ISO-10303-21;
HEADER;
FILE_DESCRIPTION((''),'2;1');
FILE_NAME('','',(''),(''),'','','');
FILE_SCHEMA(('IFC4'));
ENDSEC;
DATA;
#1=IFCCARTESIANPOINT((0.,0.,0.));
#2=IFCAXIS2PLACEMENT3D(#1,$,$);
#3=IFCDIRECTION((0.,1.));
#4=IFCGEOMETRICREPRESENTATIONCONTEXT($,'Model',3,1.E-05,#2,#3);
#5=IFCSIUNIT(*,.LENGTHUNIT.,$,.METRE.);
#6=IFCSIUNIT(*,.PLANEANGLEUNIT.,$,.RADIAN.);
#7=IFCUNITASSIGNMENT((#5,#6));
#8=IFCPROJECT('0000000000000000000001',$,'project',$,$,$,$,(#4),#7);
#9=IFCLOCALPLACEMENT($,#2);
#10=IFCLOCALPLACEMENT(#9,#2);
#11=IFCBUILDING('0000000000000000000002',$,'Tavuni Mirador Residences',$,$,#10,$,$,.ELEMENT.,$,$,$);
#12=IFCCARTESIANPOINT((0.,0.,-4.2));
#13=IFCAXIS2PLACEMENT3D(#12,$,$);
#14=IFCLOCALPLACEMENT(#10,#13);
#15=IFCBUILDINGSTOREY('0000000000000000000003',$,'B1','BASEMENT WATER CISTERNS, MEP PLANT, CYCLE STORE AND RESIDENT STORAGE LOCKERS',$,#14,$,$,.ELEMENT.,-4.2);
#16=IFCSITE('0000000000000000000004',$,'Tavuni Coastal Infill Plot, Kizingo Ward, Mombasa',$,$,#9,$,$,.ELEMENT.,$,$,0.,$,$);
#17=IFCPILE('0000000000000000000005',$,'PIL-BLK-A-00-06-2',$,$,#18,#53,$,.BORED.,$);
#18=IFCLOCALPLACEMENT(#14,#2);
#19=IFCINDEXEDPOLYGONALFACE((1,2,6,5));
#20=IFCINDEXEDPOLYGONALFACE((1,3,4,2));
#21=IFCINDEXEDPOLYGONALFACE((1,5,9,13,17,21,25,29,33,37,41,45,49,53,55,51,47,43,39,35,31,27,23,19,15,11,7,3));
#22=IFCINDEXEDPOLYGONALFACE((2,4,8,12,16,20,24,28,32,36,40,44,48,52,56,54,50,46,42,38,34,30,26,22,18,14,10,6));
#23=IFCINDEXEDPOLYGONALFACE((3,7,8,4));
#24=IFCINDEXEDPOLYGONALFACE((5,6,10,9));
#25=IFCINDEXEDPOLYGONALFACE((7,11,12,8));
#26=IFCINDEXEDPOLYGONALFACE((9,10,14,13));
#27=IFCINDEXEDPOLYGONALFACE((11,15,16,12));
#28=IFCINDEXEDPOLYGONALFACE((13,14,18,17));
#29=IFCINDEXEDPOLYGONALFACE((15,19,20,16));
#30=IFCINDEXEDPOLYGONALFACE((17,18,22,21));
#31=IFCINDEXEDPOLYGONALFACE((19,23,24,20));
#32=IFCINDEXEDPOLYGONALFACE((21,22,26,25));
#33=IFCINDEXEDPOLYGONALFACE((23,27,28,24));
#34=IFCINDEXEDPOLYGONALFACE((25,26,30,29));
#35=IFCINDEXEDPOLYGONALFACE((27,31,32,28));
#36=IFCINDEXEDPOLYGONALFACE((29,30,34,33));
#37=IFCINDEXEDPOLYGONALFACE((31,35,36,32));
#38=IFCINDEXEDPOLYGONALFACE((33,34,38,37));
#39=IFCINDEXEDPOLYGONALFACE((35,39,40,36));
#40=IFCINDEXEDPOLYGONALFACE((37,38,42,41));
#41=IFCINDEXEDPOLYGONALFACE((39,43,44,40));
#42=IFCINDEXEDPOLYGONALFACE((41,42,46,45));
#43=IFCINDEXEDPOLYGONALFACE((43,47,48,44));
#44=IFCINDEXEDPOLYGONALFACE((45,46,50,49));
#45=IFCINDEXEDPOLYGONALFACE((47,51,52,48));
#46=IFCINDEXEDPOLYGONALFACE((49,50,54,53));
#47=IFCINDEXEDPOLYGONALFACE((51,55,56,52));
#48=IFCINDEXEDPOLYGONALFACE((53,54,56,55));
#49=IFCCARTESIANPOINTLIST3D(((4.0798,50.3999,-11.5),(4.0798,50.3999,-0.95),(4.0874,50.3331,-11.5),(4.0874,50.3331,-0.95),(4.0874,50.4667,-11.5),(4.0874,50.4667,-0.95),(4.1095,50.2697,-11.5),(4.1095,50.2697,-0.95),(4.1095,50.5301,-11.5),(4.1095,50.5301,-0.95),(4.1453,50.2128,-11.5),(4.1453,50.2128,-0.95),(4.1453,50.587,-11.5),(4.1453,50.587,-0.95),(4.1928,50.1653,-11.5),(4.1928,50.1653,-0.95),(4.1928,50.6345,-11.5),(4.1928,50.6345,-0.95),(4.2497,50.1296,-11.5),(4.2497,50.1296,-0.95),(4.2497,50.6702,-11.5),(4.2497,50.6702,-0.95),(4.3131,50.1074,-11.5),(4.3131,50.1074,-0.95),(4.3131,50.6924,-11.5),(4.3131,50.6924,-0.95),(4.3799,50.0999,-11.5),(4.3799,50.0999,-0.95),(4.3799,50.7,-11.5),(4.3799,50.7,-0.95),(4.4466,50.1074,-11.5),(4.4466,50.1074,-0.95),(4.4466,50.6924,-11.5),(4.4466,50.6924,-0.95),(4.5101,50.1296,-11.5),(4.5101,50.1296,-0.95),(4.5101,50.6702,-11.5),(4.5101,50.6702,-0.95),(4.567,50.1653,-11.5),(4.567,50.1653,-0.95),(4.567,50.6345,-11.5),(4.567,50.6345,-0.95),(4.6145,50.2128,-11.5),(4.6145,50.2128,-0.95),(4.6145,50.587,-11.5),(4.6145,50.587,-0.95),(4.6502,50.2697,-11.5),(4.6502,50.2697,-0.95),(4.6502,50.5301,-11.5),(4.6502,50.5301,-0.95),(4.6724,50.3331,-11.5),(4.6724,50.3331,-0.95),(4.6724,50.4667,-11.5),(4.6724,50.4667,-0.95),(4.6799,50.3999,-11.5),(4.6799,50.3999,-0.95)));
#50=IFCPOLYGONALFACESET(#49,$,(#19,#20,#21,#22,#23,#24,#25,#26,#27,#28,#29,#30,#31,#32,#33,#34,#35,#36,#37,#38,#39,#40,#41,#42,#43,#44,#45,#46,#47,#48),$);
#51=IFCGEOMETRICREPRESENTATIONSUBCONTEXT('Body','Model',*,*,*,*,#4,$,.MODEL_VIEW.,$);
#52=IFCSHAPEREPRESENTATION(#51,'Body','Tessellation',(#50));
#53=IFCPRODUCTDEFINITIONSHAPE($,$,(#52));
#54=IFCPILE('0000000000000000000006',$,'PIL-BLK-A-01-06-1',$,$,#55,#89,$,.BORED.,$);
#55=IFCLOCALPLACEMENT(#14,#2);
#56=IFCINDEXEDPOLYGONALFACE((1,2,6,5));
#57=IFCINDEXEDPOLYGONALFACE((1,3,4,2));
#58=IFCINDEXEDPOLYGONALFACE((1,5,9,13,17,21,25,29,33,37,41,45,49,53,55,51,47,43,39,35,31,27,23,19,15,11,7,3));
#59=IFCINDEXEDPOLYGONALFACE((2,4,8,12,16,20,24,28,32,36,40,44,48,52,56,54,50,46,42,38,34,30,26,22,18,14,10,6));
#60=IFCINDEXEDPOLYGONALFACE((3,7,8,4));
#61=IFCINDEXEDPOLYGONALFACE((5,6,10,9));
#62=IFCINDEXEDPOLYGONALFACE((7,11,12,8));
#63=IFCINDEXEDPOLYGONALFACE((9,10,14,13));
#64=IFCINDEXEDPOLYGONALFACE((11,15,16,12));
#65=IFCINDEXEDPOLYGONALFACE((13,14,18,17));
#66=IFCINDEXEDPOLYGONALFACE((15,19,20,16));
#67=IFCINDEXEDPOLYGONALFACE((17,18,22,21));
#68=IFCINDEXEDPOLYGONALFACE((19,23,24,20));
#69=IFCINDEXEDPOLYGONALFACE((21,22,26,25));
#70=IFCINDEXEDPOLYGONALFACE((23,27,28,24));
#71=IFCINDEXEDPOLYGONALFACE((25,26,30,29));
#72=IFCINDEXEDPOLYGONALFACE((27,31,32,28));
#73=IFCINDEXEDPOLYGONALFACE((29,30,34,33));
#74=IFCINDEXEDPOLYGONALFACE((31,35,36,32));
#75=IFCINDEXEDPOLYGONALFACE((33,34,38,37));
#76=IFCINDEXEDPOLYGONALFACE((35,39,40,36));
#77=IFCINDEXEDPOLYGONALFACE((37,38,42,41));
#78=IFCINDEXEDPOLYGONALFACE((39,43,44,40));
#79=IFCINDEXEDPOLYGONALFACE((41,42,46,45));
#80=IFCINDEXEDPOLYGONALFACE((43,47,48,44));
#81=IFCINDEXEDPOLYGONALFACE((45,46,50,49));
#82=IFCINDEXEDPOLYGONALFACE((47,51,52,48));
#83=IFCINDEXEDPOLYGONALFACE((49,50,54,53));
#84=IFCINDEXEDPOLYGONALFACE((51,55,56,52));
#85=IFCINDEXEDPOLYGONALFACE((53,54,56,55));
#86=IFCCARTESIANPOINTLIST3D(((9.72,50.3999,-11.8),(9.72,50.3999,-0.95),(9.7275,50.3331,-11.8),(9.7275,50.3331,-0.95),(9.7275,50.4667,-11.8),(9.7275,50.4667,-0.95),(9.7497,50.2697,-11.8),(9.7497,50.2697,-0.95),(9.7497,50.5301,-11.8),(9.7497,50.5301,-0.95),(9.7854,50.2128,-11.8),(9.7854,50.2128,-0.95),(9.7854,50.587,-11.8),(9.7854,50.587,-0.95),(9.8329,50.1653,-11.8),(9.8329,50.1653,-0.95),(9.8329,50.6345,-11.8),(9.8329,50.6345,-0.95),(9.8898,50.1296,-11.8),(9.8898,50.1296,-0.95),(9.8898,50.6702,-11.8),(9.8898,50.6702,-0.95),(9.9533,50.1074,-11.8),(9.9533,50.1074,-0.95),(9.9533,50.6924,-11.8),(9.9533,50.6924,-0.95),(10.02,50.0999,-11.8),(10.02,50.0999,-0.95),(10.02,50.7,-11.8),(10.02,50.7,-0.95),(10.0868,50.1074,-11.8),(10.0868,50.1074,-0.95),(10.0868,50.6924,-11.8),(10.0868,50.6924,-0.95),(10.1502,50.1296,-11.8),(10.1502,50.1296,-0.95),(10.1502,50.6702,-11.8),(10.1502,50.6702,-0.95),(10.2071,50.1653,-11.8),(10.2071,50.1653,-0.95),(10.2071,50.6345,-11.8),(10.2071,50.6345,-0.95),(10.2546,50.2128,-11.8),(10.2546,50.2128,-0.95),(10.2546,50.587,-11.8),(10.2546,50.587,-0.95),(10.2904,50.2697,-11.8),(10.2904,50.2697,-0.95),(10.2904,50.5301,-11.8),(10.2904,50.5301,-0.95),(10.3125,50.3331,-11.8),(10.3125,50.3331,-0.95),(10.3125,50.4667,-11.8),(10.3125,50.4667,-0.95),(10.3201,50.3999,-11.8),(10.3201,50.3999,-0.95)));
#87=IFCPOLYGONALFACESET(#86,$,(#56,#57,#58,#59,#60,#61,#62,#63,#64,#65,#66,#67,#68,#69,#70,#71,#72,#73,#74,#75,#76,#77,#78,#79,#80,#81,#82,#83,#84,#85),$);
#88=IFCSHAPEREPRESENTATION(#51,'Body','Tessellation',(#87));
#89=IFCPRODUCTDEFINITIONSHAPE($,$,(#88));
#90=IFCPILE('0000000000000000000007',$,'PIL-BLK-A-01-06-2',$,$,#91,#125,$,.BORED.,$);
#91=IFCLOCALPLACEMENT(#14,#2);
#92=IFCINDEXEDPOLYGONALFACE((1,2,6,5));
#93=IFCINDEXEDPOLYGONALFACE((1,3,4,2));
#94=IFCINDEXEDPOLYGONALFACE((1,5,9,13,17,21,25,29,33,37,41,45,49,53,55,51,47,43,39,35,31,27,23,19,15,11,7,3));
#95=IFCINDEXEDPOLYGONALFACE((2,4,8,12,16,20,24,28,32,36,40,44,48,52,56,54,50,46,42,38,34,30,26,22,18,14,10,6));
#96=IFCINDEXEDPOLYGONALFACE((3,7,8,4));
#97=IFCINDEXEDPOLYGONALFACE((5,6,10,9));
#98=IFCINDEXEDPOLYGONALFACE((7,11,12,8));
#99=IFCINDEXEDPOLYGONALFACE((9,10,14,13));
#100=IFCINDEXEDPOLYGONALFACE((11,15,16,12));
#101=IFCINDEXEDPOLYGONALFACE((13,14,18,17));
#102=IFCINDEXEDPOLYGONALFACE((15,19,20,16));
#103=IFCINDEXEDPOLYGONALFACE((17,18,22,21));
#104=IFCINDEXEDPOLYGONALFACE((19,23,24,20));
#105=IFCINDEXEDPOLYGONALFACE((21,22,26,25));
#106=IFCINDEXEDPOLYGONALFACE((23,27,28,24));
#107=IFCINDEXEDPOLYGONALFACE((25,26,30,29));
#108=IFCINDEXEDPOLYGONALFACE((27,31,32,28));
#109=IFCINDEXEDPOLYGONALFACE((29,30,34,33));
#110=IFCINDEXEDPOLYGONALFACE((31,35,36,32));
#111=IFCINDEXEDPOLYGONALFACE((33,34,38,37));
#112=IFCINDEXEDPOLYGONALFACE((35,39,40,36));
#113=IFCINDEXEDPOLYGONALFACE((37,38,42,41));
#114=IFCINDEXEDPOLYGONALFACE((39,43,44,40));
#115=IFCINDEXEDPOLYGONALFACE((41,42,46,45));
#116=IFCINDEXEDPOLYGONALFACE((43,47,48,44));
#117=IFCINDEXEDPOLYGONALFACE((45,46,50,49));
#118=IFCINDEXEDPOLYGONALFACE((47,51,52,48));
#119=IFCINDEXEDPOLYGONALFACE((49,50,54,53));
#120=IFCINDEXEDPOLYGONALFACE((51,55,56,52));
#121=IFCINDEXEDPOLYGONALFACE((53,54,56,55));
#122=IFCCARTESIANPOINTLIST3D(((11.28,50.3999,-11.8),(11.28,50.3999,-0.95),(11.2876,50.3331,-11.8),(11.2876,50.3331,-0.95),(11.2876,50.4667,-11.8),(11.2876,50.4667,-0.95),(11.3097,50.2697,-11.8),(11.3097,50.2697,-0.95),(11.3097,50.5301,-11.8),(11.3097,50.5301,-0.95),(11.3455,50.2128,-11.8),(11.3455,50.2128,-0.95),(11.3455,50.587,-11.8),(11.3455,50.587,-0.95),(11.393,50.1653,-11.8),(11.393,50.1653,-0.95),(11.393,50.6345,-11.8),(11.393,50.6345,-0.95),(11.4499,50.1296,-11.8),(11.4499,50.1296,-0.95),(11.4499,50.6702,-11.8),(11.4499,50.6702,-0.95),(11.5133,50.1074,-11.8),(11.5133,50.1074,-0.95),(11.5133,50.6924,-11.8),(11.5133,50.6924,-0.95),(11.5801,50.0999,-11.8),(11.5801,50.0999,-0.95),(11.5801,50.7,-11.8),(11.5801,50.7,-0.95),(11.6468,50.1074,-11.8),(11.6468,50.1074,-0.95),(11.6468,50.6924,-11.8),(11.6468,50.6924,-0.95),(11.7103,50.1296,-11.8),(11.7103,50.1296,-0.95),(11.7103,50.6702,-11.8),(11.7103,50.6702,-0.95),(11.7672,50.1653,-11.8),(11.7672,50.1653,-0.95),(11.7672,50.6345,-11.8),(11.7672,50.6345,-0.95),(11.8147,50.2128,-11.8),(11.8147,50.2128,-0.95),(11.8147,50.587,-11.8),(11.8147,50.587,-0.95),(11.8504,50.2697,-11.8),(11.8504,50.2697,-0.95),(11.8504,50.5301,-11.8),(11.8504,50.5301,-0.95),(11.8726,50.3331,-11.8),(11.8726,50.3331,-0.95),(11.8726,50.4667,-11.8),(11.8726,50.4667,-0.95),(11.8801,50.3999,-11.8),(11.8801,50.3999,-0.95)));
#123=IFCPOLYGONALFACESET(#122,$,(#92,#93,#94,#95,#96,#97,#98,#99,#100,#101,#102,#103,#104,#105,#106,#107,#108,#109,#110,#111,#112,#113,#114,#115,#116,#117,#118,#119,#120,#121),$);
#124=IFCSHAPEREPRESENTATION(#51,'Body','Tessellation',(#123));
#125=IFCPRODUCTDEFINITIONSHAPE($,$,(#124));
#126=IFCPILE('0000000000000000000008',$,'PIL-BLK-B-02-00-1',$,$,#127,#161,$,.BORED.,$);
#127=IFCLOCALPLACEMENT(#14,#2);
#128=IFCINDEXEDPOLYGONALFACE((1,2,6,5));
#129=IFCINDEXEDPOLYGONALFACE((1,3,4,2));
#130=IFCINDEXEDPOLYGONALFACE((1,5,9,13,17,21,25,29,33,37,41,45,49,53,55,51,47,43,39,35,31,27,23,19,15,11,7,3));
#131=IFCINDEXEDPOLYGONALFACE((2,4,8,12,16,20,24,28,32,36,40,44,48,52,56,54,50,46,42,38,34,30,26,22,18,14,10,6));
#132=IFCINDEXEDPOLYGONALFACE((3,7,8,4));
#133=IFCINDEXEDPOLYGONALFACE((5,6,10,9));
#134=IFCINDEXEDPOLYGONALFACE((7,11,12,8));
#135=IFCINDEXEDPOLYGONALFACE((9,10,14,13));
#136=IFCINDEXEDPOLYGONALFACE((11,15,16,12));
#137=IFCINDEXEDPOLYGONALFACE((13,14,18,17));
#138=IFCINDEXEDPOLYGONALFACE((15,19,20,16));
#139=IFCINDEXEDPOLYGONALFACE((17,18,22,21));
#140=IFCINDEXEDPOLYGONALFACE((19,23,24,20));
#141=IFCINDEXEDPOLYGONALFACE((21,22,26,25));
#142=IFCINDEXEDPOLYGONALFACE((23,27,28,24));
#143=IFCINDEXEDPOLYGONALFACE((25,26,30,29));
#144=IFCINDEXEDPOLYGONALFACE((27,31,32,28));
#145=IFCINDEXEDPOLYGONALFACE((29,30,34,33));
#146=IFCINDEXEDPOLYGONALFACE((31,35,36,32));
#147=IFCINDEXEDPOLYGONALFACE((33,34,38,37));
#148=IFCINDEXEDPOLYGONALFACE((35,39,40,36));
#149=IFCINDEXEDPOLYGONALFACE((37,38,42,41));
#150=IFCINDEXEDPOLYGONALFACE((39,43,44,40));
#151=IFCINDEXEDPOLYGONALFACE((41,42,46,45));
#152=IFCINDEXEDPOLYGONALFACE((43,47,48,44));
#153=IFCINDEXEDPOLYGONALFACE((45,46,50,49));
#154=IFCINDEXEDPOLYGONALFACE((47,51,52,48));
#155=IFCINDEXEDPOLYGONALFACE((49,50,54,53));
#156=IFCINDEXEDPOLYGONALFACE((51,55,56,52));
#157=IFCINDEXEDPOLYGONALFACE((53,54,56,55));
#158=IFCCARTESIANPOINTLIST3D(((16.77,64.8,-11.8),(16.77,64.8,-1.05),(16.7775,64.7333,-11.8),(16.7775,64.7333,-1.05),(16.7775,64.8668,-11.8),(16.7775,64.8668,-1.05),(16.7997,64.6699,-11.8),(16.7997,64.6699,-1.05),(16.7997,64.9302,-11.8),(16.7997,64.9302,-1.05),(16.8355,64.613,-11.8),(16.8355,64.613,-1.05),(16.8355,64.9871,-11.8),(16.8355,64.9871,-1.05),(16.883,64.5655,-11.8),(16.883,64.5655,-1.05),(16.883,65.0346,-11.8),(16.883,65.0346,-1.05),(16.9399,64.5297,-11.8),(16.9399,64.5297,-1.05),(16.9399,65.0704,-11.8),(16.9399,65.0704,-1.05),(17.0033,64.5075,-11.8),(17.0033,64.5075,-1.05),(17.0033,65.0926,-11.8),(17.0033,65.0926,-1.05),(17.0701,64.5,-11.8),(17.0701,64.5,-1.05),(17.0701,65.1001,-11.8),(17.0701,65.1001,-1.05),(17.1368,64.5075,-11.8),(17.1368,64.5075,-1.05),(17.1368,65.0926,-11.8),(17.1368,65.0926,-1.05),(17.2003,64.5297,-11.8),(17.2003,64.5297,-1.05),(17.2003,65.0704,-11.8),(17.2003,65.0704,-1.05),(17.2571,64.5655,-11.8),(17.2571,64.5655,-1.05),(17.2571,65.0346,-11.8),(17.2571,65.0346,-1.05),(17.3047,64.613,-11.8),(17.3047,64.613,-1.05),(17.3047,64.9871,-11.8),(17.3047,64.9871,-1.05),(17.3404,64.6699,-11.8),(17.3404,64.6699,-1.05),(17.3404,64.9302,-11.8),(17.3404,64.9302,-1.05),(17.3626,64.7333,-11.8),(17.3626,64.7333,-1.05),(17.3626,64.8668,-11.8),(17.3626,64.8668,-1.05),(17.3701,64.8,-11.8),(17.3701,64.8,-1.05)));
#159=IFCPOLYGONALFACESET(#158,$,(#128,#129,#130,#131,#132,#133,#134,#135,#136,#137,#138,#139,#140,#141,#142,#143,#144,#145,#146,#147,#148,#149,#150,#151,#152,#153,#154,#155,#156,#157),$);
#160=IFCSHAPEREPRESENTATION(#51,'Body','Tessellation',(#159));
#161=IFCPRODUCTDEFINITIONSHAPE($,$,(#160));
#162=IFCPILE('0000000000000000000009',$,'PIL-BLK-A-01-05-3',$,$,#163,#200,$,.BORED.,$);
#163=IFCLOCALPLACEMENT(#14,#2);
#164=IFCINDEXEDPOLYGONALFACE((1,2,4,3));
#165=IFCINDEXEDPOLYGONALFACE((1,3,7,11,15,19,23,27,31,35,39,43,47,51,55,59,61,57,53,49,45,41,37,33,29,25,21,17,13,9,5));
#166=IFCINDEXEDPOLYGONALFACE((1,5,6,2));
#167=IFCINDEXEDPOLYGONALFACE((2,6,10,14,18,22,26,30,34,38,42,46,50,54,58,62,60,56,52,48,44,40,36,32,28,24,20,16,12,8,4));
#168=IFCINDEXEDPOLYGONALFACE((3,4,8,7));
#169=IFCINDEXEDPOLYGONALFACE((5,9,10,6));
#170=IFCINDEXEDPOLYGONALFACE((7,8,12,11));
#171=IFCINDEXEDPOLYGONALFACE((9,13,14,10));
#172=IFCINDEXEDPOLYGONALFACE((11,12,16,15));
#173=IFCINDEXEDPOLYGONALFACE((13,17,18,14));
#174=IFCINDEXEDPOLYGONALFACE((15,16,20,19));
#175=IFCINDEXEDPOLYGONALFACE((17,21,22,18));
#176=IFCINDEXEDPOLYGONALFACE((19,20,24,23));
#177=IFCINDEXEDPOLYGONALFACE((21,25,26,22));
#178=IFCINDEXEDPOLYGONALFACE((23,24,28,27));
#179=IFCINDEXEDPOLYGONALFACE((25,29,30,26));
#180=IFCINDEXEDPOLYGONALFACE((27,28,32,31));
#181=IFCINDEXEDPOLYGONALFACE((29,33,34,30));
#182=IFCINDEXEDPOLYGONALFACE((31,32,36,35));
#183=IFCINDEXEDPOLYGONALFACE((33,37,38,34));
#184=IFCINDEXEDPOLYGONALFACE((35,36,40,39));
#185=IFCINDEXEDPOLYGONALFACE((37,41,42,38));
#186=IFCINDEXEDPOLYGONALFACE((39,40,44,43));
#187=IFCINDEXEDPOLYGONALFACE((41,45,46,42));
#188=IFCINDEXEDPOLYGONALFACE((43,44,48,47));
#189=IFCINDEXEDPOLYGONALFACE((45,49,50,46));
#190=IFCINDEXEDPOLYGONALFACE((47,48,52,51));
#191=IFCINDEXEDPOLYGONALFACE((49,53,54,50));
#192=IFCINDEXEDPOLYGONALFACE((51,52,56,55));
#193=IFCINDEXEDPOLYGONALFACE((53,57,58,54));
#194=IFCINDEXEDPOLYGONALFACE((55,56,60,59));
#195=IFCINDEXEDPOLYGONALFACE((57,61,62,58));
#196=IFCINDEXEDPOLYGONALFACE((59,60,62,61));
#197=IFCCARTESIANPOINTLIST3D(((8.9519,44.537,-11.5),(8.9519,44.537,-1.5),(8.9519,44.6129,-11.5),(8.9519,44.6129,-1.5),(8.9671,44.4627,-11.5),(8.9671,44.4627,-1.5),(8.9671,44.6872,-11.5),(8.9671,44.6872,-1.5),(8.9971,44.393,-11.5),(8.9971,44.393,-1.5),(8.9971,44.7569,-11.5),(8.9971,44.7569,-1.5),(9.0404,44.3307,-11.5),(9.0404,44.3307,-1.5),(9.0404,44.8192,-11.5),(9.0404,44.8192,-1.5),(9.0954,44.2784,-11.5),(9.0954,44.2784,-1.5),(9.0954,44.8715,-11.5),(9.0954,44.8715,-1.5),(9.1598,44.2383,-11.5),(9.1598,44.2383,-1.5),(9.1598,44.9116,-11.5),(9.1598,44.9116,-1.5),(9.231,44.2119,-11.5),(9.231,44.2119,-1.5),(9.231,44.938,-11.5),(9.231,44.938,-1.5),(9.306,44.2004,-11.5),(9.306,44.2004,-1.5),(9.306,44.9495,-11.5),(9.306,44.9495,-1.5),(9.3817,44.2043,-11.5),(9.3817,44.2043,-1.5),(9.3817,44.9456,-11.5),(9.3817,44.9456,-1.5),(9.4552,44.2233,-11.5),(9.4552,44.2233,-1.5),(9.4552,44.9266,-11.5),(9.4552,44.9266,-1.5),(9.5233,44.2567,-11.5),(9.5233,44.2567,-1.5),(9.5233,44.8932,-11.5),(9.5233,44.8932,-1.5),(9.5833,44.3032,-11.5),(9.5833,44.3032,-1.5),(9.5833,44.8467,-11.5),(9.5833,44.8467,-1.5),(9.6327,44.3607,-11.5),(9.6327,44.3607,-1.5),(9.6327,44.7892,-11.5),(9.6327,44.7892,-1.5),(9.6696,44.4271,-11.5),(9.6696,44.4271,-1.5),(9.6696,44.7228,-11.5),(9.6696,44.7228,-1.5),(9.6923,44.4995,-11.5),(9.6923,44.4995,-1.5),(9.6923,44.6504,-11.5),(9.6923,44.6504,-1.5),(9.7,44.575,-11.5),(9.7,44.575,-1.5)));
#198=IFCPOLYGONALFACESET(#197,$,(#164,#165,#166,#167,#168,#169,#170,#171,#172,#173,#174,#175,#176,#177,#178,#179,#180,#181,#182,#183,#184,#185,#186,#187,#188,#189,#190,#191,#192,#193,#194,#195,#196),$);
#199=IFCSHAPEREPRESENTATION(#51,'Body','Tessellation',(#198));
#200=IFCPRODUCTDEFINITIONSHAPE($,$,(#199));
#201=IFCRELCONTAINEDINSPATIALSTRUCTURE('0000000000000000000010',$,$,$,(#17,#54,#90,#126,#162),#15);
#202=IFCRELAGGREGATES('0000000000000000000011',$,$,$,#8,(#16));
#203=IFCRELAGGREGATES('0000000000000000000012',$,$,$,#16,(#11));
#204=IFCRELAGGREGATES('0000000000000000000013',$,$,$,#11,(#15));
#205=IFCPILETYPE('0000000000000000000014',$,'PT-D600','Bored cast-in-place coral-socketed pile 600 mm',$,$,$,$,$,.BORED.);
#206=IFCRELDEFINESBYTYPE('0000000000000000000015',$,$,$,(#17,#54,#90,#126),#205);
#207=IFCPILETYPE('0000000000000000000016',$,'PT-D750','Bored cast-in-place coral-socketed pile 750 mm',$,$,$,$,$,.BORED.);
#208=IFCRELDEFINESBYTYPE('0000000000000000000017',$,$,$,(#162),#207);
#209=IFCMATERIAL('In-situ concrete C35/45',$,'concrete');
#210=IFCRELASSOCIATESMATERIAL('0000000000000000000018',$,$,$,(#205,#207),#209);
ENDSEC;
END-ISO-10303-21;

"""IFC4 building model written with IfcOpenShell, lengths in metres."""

from ifc_helpers import new_model, si_unit, direction, frame, origin, origin_2d, place, context, subcontext, project, spatial, circle, extrude, material, material_profile, profile_set, type_object, element, save


model = new_model("IFC4")

# Units and contexts
model_context = context("Model", 3, precision=1e-05, world=origin(), true_north=direction((0.0, 1.0)))
body_context = subcontext(model_context, "Body", "Model", "MODEL_VIEW")
ifc_project = project(units=[si_unit("LENGTHUNIT", "METRE"), si_unit("PLANEANGLEUNIT", "RADIAN")], contexts=[model_context])

# Site, building, storey
site_placement = place(None, origin())
site = spatial("IfcSite", under=ifc_project, at=site_placement, Name="Tavuni Coastal Infill Plot, Kizingo Ward, Mombasa", CompositionType="ELEMENT", RefElevation=0.0)
building_placement = place(site_placement, origin())
building = spatial("IfcBuilding", under=site, at=building_placement, Name="Tavuni Mirador Residences", CompositionType="ELEMENT")
storey_placement = place(building_placement, frame((0.0, 0.0, -4.2)))
storey = spatial("IfcBuildingStorey", under=building, at=storey_placement, Name="B1", Description="BASEMENT WATER CISTERNS, MEP PLANT, CYCLE STORE AND RESIDENT STORAGE LOCKERS", CompositionType="ELEMENT", Elevation=-4.2)

# Shared definitions
ifc_material_1 = material(Name="In-situ concrete C35/45", Category="concrete")

# Piles
ifc_material_profile_1 = material_profile(ifc_material_1, circle(Radius=0.3, at=origin_2d()), Name="PILE D600", Category="concrete")
ifc_profile_set_1 = profile_set([ifc_material_profile_1], Name="In-situ concrete C35/45")
pile_type_1 = type_object("IfcPileType", Name="PT-D600", Description="Bored cast-in-place coral-socketed pile 600 mm", PredefinedType="BORED", material=ifc_profile_set_1)
for number, where, z_axis, x_axis, name in (
    (1, (4.3799, 50.3999, -0.95), (0.0, 0.0, -1.0), (1.0, 0.0, 0.0), "PIL-BLK-A-00-06-2"),
):
    element("IfcPile", number, at=place(storey_placement, frame(where, z_axis=z_axis, x_axis=x_axis)), inside=storey, type_object=pile_type_1, Name=name, PredefinedType="BORED", context=body_context, shape_type="SweptSolid", body=[
        extrude(circle(Radius=0.3, at=origin_2d()), origin(), (0.0, 0.0, 1.0), 10.55),
    ])
for number, where, z_axis, x_axis, name in (
    (2, (10.02, 50.3999, -0.95), (0.0, 0.0, -1.0), (1.0, 0.0, 0.0), "PIL-BLK-A-01-06-1"),
    (3, (11.5801, 50.3999, -0.95), (0.0, 0.0, -1.0), (1.0, 0.0, 0.0), "PIL-BLK-A-01-06-2"),
):
    element("IfcPile", number, at=place(storey_placement, frame(where, z_axis=z_axis, x_axis=x_axis)), inside=storey, type_object=pile_type_1, Name=name, PredefinedType="BORED", context=body_context, shape_type="SweptSolid", body=[
        extrude(circle(Radius=0.3, at=origin_2d()), origin(), (0.0, 0.0, 1.0), 10.8501),
    ])
pile_1_placement = place(storey_placement, frame((17.0701, 64.8, -1.05), z_axis=(0.0, 0.0, -1.0), x_axis=(1.0, 0.0, 0.0)))
element("IfcPile", 4, at=pile_1_placement, inside=storey, type_object=pile_type_1, Name="PIL-BLK-B-02-00-1", PredefinedType="BORED", context=body_context, shape_type="SweptSolid", body=[
    extrude(circle(Radius=0.3, at=origin_2d()), origin(), (0.0, 0.0, 1.0), 10.75),
])
ifc_material_profile_2 = material_profile(ifc_material_1, circle(Radius=0.375, at=origin_2d()), Name="PILE D750", Category="concrete")
ifc_profile_set_2 = profile_set([ifc_material_profile_2], Name="In-situ concrete C35/45")
pile_type_2 = type_object("IfcPileType", Name="PT-D750", Description="Bored cast-in-place coral-socketed pile 750 mm", PredefinedType="BORED", material=ifc_profile_set_2)
for number, where, z_axis, x_axis, name in (
    (5, (9.325, 44.575, -1.5), (0.0, 0.0, -1.0), (1.0, 0.0, 0.0), "PIL-BLK-A-01-05-3"),
):
    element("IfcPile", number, at=place(storey_placement, frame(where, z_axis=z_axis, x_axis=x_axis)), inside=storey, type_object=pile_type_2, Name=name, PredefinedType="BORED", context=body_context, shape_type="SweptSolid", body=[
        extrude(circle(Radius=0.375, at=origin_2d()), origin(), (0.0, 0.0, 1.0), 10.0),
    ])

save(model, "model.ifc")
